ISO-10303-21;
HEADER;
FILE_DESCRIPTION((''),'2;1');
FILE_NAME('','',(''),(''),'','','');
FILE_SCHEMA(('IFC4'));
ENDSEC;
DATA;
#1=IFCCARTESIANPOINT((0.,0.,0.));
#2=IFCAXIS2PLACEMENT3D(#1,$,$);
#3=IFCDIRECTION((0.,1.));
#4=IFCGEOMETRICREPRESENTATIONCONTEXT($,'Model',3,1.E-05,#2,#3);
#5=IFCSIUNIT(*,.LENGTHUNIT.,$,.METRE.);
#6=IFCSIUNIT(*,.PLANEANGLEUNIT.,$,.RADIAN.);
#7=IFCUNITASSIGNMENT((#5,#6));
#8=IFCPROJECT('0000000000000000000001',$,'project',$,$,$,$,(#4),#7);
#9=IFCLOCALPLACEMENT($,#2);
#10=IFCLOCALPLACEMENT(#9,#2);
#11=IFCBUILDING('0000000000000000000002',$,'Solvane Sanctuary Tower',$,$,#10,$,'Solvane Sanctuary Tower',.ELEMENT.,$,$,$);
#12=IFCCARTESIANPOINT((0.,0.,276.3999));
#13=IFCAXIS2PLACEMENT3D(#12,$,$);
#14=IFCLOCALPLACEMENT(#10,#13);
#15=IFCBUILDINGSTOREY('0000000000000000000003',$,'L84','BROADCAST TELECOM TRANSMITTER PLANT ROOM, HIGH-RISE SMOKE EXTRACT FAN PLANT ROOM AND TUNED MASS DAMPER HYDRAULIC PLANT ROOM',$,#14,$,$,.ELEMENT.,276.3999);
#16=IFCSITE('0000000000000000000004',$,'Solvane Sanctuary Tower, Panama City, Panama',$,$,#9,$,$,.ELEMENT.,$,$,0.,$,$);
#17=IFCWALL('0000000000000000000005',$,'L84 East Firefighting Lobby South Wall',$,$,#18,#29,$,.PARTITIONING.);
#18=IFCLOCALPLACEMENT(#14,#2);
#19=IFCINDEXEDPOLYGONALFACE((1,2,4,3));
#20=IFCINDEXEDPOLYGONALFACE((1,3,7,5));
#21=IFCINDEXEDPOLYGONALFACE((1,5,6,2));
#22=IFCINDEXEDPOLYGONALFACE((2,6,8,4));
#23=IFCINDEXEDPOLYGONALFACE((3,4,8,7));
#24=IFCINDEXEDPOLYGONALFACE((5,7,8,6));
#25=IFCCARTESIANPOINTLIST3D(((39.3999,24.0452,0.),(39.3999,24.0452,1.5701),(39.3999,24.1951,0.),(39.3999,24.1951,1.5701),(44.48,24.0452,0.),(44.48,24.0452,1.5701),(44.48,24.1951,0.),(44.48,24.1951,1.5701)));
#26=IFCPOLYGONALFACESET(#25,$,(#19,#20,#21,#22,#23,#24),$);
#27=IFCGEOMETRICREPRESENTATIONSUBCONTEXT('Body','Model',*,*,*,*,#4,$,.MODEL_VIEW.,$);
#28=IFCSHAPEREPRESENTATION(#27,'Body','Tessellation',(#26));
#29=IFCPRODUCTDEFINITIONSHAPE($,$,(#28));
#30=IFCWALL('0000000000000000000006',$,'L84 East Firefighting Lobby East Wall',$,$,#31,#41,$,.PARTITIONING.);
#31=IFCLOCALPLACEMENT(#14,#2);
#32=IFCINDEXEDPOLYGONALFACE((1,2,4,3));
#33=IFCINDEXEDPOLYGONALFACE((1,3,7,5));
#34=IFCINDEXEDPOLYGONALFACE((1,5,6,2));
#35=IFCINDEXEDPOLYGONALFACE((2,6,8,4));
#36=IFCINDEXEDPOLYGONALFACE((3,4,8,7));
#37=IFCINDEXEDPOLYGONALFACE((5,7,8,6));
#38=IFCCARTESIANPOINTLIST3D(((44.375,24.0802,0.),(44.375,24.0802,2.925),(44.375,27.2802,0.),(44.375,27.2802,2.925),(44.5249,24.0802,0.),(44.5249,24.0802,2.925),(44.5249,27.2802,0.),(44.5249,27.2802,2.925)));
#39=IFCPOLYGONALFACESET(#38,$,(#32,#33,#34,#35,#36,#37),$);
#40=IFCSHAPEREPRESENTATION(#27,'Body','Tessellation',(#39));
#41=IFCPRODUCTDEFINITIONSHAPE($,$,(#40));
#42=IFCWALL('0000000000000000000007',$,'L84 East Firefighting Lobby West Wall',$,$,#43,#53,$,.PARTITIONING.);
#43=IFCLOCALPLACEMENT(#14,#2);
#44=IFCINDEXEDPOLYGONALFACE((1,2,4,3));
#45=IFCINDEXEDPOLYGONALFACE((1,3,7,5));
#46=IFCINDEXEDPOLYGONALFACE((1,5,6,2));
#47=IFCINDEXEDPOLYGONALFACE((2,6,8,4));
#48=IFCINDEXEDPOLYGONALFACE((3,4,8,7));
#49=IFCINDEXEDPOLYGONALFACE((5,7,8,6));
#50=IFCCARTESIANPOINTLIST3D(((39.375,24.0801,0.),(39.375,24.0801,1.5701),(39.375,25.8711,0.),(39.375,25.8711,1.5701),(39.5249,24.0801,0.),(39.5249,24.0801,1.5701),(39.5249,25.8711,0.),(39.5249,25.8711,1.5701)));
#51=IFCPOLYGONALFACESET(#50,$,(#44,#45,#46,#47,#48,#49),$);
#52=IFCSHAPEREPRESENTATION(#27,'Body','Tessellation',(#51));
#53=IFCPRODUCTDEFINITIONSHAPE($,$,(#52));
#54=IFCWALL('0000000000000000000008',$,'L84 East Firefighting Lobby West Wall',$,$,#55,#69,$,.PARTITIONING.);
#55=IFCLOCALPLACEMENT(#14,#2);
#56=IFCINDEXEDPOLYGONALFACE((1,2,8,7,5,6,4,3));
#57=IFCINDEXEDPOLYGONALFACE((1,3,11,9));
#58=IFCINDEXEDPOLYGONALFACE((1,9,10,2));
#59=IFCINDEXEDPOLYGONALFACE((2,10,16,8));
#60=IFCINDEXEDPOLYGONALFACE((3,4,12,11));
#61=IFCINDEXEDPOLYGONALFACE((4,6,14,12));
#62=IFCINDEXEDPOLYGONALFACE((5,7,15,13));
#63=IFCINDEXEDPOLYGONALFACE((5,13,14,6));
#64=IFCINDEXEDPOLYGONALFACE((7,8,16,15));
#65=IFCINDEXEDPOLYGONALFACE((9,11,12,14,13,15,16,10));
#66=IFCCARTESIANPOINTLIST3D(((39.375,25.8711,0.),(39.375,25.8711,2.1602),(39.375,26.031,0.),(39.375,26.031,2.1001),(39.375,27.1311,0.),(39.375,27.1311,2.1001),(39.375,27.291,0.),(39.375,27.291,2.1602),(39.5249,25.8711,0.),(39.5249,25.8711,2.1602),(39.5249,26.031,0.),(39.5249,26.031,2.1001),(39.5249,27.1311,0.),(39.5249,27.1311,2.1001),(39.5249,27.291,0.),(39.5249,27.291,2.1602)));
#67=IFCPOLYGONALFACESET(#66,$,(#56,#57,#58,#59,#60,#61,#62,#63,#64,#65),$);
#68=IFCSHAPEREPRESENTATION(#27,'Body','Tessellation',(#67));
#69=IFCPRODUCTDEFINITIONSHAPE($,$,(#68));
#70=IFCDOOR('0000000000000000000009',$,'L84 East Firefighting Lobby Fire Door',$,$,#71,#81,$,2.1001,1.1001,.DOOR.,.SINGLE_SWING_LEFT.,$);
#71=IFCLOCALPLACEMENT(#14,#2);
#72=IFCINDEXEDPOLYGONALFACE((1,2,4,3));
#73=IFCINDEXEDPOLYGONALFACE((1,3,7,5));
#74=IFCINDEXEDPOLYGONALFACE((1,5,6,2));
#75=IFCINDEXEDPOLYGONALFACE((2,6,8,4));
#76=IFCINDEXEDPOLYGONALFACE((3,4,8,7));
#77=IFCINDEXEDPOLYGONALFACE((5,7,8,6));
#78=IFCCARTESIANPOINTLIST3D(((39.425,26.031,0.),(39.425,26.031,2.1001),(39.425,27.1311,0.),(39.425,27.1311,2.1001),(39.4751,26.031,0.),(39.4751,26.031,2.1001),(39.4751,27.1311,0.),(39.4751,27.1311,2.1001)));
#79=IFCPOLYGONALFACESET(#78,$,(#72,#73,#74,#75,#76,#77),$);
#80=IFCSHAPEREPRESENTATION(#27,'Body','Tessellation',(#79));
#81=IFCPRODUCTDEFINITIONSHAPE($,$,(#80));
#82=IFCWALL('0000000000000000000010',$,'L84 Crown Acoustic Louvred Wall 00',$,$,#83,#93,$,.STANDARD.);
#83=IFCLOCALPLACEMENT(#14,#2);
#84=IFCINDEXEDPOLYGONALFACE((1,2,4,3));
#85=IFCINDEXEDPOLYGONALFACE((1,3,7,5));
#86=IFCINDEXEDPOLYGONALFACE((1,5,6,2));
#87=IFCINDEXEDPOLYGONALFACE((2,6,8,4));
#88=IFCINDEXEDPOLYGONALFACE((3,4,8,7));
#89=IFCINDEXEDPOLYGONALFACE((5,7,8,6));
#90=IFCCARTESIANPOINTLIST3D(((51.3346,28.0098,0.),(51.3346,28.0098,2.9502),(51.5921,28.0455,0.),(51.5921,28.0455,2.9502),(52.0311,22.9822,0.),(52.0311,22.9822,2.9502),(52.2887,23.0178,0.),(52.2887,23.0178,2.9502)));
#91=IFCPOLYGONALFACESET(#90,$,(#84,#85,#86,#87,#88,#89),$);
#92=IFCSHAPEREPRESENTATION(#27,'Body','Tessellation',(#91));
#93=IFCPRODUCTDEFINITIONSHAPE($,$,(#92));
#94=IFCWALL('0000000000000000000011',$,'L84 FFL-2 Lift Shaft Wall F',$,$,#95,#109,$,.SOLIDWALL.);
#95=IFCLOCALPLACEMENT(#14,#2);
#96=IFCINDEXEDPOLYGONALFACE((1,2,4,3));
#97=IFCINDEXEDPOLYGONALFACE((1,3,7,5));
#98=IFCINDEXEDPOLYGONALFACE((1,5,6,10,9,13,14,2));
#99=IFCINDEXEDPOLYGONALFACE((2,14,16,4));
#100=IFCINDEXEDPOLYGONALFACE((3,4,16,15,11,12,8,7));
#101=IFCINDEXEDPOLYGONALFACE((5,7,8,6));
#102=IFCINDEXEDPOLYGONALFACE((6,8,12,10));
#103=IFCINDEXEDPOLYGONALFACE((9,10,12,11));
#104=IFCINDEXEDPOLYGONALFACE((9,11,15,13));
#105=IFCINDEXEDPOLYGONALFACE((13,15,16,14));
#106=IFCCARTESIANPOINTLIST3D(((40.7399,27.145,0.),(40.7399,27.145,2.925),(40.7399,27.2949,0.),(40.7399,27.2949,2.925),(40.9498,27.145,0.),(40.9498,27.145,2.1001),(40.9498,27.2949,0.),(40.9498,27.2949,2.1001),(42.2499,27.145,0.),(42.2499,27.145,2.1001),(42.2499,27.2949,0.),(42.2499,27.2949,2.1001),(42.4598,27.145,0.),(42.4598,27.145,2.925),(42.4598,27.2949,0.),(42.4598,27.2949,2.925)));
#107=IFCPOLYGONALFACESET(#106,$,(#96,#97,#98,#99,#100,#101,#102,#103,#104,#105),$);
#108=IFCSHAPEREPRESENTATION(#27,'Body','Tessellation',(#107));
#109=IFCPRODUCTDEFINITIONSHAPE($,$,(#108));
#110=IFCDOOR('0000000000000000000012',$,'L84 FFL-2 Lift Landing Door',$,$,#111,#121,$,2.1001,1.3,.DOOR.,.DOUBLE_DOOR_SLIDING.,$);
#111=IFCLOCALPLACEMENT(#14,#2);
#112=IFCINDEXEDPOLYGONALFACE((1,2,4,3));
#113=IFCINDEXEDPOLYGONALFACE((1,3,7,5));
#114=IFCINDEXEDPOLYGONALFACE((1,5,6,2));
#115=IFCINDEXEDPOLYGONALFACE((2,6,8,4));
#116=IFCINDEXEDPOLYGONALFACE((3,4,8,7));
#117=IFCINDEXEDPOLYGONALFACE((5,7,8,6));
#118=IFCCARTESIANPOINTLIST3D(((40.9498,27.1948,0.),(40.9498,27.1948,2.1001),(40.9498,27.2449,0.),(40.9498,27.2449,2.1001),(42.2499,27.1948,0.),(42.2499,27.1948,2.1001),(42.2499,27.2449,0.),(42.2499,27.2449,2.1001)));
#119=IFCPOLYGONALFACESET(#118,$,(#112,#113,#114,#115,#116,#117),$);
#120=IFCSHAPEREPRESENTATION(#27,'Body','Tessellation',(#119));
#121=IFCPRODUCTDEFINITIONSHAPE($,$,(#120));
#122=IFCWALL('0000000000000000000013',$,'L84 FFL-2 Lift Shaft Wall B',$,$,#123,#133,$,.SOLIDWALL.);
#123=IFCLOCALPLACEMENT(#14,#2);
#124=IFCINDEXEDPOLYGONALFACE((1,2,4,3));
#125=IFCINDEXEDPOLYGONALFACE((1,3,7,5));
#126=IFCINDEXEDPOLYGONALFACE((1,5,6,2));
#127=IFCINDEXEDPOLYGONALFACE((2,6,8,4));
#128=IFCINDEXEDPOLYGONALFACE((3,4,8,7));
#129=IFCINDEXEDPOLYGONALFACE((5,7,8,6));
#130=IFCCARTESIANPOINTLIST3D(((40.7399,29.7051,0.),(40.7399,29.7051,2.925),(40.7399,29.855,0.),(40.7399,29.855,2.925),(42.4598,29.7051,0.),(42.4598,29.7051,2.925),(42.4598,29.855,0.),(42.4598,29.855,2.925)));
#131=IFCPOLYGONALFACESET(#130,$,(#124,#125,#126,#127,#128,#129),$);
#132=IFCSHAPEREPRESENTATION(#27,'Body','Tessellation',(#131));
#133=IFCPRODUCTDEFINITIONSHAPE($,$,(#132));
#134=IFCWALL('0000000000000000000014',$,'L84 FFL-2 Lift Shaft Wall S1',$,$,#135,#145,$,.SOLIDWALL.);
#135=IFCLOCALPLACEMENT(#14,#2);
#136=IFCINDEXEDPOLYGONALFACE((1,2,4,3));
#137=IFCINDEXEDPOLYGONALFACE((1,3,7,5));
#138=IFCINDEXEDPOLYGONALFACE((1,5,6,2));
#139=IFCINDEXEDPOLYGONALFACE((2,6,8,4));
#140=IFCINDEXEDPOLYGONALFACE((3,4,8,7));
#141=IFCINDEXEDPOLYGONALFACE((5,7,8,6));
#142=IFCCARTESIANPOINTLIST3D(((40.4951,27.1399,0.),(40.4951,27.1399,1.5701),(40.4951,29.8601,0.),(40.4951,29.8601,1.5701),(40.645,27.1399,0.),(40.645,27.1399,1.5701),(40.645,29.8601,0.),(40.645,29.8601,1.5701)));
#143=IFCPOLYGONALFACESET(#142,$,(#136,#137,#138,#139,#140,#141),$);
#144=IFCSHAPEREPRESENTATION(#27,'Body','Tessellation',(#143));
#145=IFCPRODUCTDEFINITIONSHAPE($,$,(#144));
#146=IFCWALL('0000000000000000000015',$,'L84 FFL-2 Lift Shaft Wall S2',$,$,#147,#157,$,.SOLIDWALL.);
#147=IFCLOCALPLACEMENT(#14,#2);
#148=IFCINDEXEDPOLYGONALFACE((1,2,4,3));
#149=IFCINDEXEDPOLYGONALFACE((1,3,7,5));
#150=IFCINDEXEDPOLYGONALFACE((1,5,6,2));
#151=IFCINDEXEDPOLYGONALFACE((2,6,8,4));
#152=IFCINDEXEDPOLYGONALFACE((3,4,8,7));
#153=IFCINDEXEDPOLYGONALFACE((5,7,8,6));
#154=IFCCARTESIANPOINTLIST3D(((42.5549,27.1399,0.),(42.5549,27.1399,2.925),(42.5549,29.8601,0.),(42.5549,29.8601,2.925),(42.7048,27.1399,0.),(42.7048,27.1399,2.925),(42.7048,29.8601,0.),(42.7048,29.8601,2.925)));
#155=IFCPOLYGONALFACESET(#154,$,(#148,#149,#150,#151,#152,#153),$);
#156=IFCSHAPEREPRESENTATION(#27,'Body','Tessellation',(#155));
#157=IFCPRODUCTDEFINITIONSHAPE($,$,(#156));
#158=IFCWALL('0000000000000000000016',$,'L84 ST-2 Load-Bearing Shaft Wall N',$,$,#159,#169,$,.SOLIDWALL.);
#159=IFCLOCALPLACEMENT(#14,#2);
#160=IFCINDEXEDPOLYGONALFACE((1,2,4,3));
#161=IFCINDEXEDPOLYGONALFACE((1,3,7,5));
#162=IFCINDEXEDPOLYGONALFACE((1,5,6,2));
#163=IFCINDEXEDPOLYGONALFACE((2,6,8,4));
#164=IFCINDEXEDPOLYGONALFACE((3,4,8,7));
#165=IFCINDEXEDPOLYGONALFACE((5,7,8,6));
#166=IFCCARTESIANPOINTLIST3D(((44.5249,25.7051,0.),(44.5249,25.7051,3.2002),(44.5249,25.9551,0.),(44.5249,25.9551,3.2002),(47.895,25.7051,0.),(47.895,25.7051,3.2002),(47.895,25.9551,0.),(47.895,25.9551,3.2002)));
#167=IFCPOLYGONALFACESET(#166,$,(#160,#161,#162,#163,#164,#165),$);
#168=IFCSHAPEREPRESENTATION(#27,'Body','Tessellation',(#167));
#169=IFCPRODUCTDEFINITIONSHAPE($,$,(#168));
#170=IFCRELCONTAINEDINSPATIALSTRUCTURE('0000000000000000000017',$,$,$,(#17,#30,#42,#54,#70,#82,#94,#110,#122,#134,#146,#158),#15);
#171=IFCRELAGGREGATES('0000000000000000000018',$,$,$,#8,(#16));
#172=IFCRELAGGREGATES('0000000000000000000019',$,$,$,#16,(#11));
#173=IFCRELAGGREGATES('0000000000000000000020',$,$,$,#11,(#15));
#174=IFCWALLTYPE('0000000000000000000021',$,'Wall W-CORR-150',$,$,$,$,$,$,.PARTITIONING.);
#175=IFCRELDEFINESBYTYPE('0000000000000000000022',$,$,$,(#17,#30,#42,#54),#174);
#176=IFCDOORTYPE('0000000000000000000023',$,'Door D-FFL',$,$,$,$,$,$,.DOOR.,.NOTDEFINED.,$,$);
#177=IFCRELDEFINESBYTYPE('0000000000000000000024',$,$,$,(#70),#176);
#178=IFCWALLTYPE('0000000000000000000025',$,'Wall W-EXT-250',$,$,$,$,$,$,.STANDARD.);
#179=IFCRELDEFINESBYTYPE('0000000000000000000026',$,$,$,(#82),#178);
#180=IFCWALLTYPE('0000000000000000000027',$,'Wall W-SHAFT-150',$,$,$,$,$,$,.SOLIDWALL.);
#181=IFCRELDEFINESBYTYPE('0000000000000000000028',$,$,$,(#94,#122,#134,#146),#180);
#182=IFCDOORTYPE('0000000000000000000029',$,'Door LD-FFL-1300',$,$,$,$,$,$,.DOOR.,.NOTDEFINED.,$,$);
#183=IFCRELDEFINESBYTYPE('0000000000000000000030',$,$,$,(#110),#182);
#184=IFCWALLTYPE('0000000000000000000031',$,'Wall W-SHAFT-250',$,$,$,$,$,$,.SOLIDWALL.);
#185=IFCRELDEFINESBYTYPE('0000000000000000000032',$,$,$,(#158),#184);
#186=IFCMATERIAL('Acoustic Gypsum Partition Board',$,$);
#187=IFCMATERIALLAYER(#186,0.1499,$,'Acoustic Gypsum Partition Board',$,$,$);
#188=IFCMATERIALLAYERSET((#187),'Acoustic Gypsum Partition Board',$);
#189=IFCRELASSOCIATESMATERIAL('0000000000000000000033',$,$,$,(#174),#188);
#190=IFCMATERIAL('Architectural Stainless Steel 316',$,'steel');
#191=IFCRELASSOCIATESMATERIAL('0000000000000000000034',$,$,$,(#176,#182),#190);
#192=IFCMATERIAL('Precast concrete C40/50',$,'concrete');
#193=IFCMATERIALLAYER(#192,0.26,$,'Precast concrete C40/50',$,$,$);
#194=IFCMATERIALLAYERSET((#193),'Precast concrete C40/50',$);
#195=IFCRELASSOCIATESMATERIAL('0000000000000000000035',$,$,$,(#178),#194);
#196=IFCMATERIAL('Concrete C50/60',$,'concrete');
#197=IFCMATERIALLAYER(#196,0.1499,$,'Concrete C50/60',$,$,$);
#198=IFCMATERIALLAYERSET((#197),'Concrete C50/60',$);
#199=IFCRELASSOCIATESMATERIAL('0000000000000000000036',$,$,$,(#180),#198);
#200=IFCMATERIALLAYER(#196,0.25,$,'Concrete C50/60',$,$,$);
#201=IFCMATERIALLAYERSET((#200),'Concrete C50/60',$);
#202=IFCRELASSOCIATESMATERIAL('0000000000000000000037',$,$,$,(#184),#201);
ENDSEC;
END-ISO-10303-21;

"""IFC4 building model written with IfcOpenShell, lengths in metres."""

from ifc_helpers import new_model, si_unit, direction, frame, frame_2d, origin, place, context, subcontext, project, spatial, rectangle, extrude, material, layer, layer_set, type_object, element, fill, save


model = new_model("IFC4")

# Units and contexts
model_context = context("Model", 3, precision=1e-05, world=origin(), true_north=direction((0.0, 1.0)))
body_context = subcontext(model_context, "Body", "Model", "MODEL_VIEW")
ifc_project = project(units=[si_unit("LENGTHUNIT", "METRE"), si_unit("PLANEANGLEUNIT", "RADIAN")], contexts=[model_context])

# Site, building, storey
site_placement = place(None, origin())
site = spatial("IfcSite", under=ifc_project, at=site_placement, Name="Solvane Sanctuary Tower, Panama City, Panama", CompositionType="ELEMENT", RefElevation=0.0)
building_placement = place(site_placement, origin())
building = spatial("IfcBuilding", under=site, at=building_placement, Name="Solvane Sanctuary Tower", LongName="Solvane Sanctuary Tower", CompositionType="ELEMENT")
storey_placement = place(building_placement, frame((0.0, 0.0, 276.3999)))
storey = spatial("IfcBuildingStorey", under=building, at=storey_placement, Name="L84", Description="BROADCAST TELECOM TRANSMITTER PLANT ROOM, HIGH-RISE SMOKE EXTRACT FAN PLANT ROOM AND TUNED MASS DAMPER HYDRAULIC PLANT ROOM", CompositionType="ELEMENT", Elevation=276.3999)

# Walls
ifc_material_1 = material(Name="Concrete C50/60", Category="concrete")
ifc_material_2 = material(Name="Acoustic Gypsum Partition Board")
ifc_layer_1 = layer(ifc_material_2, 0.1499, Name="Acoustic Gypsum Partition Board")
ifc_layer_set_1 = layer_set([ifc_layer_1], Name="Acoustic Gypsum Partition Board")
wall_type_1 = type_object("IfcWallType", Name="Wall W-CORR-150", PredefinedType="PARTITIONING", material=ifc_layer_set_1)
wall_1_placement = place(storey_placement, frame((39.3999, 24.1201, 0.0), z_axis=(0.0, 0.0, 1.0), x_axis=(1.0, 0.0, 0.0)))
element("IfcWall", 1, at=wall_1_placement, inside=storey, type_object=wall_type_1, Name="L84 East Firefighting Lobby South Wall", PredefinedType="PARTITIONING", context=body_context, shape_type="SweptSolid", body=[
    extrude(rectangle(XDim=5.0801, YDim=0.1499, at=frame_2d((2.54, 0.0))), origin(), (0.0, 0.0, 1.0), 1.5701),
])
wall_2_placement = place(storey_placement, frame((44.45, 24.0801, 0.0), z_axis=(0.0, 0.0, 1.0), x_axis=(0.0, 1.0, 0.0)))
element("IfcWall", 2, at=wall_2_placement, inside=storey, type_object=wall_type_1, Name="L84 East Firefighting Lobby East Wall", PredefinedType="PARTITIONING", context=body_context, shape_type="SweptSolid", body=[
    extrude(rectangle(XDim=3.2, YDim=0.1499, at=frame_2d((1.6001, 0.0))), origin(), (0.0, 0.0, 1.0), 2.925),
])
wall_3_placement = place(storey_placement, frame((39.45, 24.0801, 0.0), z_axis=(0.0, 0.0, 1.0), x_axis=(0.0, 1.0, 0.0)))
element("IfcWall", 3, at=wall_3_placement, inside=storey, type_object=wall_type_1, Name="L84 East Firefighting Lobby West Wall", PredefinedType="PARTITIONING", context=body_context, shape_type="SweptSolid", body=[
    extrude(rectangle(XDim=1.791, YDim=0.1499, at=frame_2d((0.8955, 0.0))), origin(), (0.0, 0.0, 1.0), 1.5701),
])

# Wall, opening, door
wall_4_placement = place(storey_placement, frame((39.45, 25.8711, 0.0), z_axis=(0.0, 0.0, 1.0), x_axis=(0.0, 1.0, 0.0)))
wall_4 = element("IfcWall", 4, at=wall_4_placement, inside=storey, type_object=wall_type_1, Name="L84 East Firefighting Lobby West Wall", PredefinedType="PARTITIONING", context=body_context, shape_type="SweptSolid", body=[
    extrude(rectangle(XDim=1.4199, YDim=0.1499, at=frame_2d((0.71, 0.0))), origin(), (0.0, 0.0, 1.0), 2.1602),
])
opening_1_placement = place(wall_4_placement, frame((0.1599, 0.0, 0.0)))
opening_1 = element("IfcOpeningElement", 5, at=opening_1_placement, cuts=wall_4, PredefinedType="OPENING", context=body_context, shape_type="SweptSolid", body=[
    extrude(rectangle(XDim=1.1001, YDim=2.1001, at=frame_2d((0.55, 1.05))), frame((0.0, 0.085, 0.0), z_axis=(0.0, -1.0, 0.0), x_axis=(1.0, 0.0, 0.0)), (0.0, 0.0, 1.0), 0.1699),
])
ifc_material_3 = material(Name="Architectural Stainless Steel 316", Category="steel")
door_type_1 = type_object("IfcDoorType", Name="Door D-FFL", OperationType="NOTDEFINED", PredefinedType="DOOR", material=ifc_material_3)
door_1_placement = place(opening_1_placement, origin())
door_1 = element("IfcDoor", 6, at=door_1_placement, inside=storey, type_object=door_type_1, Name="L84 East Firefighting Lobby Fire Door", OperationType="SINGLE_SWING_LEFT", OverallHeight=2.1001, OverallWidth=1.1001, PredefinedType="DOOR", context=body_context, shape_type="SweptSolid", body=[
    extrude(rectangle(XDim=1.1001, YDim=2.1001, at=frame_2d((0.55, 1.05))), frame((0.0, 0.0249, 0.0), z_axis=(0.0, -1.0, 0.0), x_axis=(1.0, 0.0, 0.0)), (0.0, 0.0, 1.0), 0.05),
])
fill(opening_1, door_1)

# Wall
ifc_material_4 = material(Name="Precast concrete C40/50", Category="concrete")
ifc_layer_2 = layer(ifc_material_4, 0.26, Name="Precast concrete C40/50")
ifc_layer_set_2 = layer_set([ifc_layer_2], Name="Precast concrete C40/50")
wall_type_2 = type_object("IfcWallType", Name="Wall W-EXT-250", PredefinedType="STANDARD", material=ifc_layer_set_2)
wall_5_placement = place(storey_placement, frame((52.1599, 23.0, 0.0), z_axis=(0.0, 0.0, 1.0), x_axis=(-0.137231, 0.990539, 0.0)))
element("IfcWall", 7, at=wall_5_placement, inside=storey, type_object=wall_type_2, Name="L84 Crown Acoustic Louvred Wall 00", PredefinedType="STANDARD", context=body_context, shape_type="SweptSolid", body=[
    extrude(rectangle(XDim=5.0757, YDim=0.26, at=frame_2d((2.5378, 0.0))), origin(), (0.0, 0.0, 1.0), 2.9502),
])

# Wall, opening, door
ifc_layer_3 = layer(ifc_material_1, 0.1499, Name="Concrete C50/60")
ifc_layer_set_3 = layer_set([ifc_layer_3], Name="Concrete C50/60")
wall_type_3 = type_object("IfcWallType", Name="Wall W-SHAFT-150", PredefinedType="SOLIDWALL", material=ifc_layer_set_3)
wall_6_placement = place(storey_placement, frame((40.74, 27.22, 0.0), z_axis=(0.0, 0.0, 1.0), x_axis=(1.0, 0.0, 0.0)))
wall_6 = element("IfcWall", 8, at=wall_6_placement, inside=storey, type_object=wall_type_3, Name="L84 FFL-2 Lift Shaft Wall F", PredefinedType="SOLIDWALL", context=body_context, shape_type="SweptSolid", body=[
    extrude(rectangle(XDim=1.72, YDim=0.1499, at=frame_2d((0.8599, 0.0))), origin(), (0.0, 0.0, 1.0), 2.925),
])
opening_2_placement = place(wall_6_placement, frame((0.21, 0.0, 0.0)))
opening_2 = element("IfcOpeningElement", 9, at=opening_2_placement, cuts=wall_6, PredefinedType="OPENING", context=body_context, shape_type="SweptSolid", body=[
    extrude(rectangle(XDim=1.3, YDim=2.1001, at=frame_2d((0.6499, 1.05))), frame((0.0, 0.085, 0.0), z_axis=(0.0, -1.0, 0.0), x_axis=(1.0, 0.0, 0.0)), (0.0, 0.0, 1.0), 0.1699),
])
door_type_2 = type_object("IfcDoorType", Name="Door LD-FFL-1300", OperationType="NOTDEFINED", PredefinedType="DOOR", material=ifc_material_3)
door_2_placement = place(opening_2_placement, origin())
door_2 = element("IfcDoor", 10, at=door_2_placement, inside=storey, type_object=door_type_2, Name="L84 FFL-2 Lift Landing Door", OperationType="DOUBLE_DOOR_SLIDING", OverallHeight=2.1001, OverallWidth=1.3, PredefinedType="DOOR", context=body_context, shape_type="SweptSolid", body=[
    extrude(rectangle(XDim=1.3, YDim=2.1001, at=frame_2d((0.6499, 1.05))), frame((0.0, 0.0249, 0.0), z_axis=(0.0, -1.0, 0.0), x_axis=(1.0, 0.0, 0.0)), (0.0, 0.0, 1.0), 0.05),
])
fill(opening_2, door_2)

# Walls
wall_7_placement = place(storey_placement, frame((40.74, 29.78, 0.0), z_axis=(0.0, 0.0, 1.0), x_axis=(1.0, 0.0, 0.0)))
element("IfcWall", 11, at=wall_7_placement, inside=storey, type_object=wall_type_3, Name="L84 FFL-2 Lift Shaft Wall B", PredefinedType="SOLIDWALL", context=body_context, shape_type="SweptSolid", body=[
    extrude(rectangle(XDim=1.72, YDim=0.1499, at=frame_2d((0.8599, 0.0))), origin(), (0.0, 0.0, 1.0), 2.925),
])
wall_8_placement = place(storey_placement, frame((40.5701, 27.1399, 0.0), z_axis=(0.0, 0.0, 1.0), x_axis=(0.0, 1.0, 0.0)))
element("IfcWall", 12, at=wall_8_placement, inside=storey, type_object=wall_type_3, Name="L84 FFL-2 Lift Shaft Wall S1", PredefinedType="SOLIDWALL", context=body_context, shape_type="SweptSolid", body=[
    extrude(rectangle(XDim=2.7202, YDim=0.1499, at=frame_2d((1.3601, 0.0))), origin(), (0.0, 0.0, 1.0), 1.5701),
])
wall_9_placement = place(storey_placement, frame((42.6299, 27.1399, 0.0), z_axis=(0.0, 0.0, 1.0), x_axis=(0.0, 1.0, 0.0)))
element("IfcWall", 13, at=wall_9_placement, inside=storey, type_object=wall_type_3, Name="L84 FFL-2 Lift Shaft Wall S2", PredefinedType="SOLIDWALL", context=body_context, shape_type="SweptSolid", body=[
    extrude(rectangle(XDim=2.7202, YDim=0.1499, at=frame_2d((1.3601, 0.0))), origin(), (0.0, 0.0, 1.0), 2.925),
])
ifc_layer_4 = layer(ifc_material_1, 0.25, Name="Concrete C50/60")
ifc_layer_set_4 = layer_set([ifc_layer_4], Name="Concrete C50/60")
wall_type_4 = type_object("IfcWallType", Name="Wall W-SHAFT-250", PredefinedType="SOLIDWALL", material=ifc_layer_set_4)
wall_10_placement = place(storey_placement, frame((44.5249, 25.8301, 0.0), z_axis=(0.0, 0.0, 1.0), x_axis=(1.0, 0.0, 0.0)))
element("IfcWall", 14, at=wall_10_placement, inside=storey, type_object=wall_type_4, Name="L84 ST-2 Load-Bearing Shaft Wall N", PredefinedType="SOLIDWALL", context=body_context, shape_type="SweptSolid", body=[
    extrude(rectangle(XDim=3.3701, YDim=0.25, at=frame_2d((1.6851, 0.0))), origin(), (0.0, 0.0, 1.0), 3.2002),
])

save(model, "model.ifc")
